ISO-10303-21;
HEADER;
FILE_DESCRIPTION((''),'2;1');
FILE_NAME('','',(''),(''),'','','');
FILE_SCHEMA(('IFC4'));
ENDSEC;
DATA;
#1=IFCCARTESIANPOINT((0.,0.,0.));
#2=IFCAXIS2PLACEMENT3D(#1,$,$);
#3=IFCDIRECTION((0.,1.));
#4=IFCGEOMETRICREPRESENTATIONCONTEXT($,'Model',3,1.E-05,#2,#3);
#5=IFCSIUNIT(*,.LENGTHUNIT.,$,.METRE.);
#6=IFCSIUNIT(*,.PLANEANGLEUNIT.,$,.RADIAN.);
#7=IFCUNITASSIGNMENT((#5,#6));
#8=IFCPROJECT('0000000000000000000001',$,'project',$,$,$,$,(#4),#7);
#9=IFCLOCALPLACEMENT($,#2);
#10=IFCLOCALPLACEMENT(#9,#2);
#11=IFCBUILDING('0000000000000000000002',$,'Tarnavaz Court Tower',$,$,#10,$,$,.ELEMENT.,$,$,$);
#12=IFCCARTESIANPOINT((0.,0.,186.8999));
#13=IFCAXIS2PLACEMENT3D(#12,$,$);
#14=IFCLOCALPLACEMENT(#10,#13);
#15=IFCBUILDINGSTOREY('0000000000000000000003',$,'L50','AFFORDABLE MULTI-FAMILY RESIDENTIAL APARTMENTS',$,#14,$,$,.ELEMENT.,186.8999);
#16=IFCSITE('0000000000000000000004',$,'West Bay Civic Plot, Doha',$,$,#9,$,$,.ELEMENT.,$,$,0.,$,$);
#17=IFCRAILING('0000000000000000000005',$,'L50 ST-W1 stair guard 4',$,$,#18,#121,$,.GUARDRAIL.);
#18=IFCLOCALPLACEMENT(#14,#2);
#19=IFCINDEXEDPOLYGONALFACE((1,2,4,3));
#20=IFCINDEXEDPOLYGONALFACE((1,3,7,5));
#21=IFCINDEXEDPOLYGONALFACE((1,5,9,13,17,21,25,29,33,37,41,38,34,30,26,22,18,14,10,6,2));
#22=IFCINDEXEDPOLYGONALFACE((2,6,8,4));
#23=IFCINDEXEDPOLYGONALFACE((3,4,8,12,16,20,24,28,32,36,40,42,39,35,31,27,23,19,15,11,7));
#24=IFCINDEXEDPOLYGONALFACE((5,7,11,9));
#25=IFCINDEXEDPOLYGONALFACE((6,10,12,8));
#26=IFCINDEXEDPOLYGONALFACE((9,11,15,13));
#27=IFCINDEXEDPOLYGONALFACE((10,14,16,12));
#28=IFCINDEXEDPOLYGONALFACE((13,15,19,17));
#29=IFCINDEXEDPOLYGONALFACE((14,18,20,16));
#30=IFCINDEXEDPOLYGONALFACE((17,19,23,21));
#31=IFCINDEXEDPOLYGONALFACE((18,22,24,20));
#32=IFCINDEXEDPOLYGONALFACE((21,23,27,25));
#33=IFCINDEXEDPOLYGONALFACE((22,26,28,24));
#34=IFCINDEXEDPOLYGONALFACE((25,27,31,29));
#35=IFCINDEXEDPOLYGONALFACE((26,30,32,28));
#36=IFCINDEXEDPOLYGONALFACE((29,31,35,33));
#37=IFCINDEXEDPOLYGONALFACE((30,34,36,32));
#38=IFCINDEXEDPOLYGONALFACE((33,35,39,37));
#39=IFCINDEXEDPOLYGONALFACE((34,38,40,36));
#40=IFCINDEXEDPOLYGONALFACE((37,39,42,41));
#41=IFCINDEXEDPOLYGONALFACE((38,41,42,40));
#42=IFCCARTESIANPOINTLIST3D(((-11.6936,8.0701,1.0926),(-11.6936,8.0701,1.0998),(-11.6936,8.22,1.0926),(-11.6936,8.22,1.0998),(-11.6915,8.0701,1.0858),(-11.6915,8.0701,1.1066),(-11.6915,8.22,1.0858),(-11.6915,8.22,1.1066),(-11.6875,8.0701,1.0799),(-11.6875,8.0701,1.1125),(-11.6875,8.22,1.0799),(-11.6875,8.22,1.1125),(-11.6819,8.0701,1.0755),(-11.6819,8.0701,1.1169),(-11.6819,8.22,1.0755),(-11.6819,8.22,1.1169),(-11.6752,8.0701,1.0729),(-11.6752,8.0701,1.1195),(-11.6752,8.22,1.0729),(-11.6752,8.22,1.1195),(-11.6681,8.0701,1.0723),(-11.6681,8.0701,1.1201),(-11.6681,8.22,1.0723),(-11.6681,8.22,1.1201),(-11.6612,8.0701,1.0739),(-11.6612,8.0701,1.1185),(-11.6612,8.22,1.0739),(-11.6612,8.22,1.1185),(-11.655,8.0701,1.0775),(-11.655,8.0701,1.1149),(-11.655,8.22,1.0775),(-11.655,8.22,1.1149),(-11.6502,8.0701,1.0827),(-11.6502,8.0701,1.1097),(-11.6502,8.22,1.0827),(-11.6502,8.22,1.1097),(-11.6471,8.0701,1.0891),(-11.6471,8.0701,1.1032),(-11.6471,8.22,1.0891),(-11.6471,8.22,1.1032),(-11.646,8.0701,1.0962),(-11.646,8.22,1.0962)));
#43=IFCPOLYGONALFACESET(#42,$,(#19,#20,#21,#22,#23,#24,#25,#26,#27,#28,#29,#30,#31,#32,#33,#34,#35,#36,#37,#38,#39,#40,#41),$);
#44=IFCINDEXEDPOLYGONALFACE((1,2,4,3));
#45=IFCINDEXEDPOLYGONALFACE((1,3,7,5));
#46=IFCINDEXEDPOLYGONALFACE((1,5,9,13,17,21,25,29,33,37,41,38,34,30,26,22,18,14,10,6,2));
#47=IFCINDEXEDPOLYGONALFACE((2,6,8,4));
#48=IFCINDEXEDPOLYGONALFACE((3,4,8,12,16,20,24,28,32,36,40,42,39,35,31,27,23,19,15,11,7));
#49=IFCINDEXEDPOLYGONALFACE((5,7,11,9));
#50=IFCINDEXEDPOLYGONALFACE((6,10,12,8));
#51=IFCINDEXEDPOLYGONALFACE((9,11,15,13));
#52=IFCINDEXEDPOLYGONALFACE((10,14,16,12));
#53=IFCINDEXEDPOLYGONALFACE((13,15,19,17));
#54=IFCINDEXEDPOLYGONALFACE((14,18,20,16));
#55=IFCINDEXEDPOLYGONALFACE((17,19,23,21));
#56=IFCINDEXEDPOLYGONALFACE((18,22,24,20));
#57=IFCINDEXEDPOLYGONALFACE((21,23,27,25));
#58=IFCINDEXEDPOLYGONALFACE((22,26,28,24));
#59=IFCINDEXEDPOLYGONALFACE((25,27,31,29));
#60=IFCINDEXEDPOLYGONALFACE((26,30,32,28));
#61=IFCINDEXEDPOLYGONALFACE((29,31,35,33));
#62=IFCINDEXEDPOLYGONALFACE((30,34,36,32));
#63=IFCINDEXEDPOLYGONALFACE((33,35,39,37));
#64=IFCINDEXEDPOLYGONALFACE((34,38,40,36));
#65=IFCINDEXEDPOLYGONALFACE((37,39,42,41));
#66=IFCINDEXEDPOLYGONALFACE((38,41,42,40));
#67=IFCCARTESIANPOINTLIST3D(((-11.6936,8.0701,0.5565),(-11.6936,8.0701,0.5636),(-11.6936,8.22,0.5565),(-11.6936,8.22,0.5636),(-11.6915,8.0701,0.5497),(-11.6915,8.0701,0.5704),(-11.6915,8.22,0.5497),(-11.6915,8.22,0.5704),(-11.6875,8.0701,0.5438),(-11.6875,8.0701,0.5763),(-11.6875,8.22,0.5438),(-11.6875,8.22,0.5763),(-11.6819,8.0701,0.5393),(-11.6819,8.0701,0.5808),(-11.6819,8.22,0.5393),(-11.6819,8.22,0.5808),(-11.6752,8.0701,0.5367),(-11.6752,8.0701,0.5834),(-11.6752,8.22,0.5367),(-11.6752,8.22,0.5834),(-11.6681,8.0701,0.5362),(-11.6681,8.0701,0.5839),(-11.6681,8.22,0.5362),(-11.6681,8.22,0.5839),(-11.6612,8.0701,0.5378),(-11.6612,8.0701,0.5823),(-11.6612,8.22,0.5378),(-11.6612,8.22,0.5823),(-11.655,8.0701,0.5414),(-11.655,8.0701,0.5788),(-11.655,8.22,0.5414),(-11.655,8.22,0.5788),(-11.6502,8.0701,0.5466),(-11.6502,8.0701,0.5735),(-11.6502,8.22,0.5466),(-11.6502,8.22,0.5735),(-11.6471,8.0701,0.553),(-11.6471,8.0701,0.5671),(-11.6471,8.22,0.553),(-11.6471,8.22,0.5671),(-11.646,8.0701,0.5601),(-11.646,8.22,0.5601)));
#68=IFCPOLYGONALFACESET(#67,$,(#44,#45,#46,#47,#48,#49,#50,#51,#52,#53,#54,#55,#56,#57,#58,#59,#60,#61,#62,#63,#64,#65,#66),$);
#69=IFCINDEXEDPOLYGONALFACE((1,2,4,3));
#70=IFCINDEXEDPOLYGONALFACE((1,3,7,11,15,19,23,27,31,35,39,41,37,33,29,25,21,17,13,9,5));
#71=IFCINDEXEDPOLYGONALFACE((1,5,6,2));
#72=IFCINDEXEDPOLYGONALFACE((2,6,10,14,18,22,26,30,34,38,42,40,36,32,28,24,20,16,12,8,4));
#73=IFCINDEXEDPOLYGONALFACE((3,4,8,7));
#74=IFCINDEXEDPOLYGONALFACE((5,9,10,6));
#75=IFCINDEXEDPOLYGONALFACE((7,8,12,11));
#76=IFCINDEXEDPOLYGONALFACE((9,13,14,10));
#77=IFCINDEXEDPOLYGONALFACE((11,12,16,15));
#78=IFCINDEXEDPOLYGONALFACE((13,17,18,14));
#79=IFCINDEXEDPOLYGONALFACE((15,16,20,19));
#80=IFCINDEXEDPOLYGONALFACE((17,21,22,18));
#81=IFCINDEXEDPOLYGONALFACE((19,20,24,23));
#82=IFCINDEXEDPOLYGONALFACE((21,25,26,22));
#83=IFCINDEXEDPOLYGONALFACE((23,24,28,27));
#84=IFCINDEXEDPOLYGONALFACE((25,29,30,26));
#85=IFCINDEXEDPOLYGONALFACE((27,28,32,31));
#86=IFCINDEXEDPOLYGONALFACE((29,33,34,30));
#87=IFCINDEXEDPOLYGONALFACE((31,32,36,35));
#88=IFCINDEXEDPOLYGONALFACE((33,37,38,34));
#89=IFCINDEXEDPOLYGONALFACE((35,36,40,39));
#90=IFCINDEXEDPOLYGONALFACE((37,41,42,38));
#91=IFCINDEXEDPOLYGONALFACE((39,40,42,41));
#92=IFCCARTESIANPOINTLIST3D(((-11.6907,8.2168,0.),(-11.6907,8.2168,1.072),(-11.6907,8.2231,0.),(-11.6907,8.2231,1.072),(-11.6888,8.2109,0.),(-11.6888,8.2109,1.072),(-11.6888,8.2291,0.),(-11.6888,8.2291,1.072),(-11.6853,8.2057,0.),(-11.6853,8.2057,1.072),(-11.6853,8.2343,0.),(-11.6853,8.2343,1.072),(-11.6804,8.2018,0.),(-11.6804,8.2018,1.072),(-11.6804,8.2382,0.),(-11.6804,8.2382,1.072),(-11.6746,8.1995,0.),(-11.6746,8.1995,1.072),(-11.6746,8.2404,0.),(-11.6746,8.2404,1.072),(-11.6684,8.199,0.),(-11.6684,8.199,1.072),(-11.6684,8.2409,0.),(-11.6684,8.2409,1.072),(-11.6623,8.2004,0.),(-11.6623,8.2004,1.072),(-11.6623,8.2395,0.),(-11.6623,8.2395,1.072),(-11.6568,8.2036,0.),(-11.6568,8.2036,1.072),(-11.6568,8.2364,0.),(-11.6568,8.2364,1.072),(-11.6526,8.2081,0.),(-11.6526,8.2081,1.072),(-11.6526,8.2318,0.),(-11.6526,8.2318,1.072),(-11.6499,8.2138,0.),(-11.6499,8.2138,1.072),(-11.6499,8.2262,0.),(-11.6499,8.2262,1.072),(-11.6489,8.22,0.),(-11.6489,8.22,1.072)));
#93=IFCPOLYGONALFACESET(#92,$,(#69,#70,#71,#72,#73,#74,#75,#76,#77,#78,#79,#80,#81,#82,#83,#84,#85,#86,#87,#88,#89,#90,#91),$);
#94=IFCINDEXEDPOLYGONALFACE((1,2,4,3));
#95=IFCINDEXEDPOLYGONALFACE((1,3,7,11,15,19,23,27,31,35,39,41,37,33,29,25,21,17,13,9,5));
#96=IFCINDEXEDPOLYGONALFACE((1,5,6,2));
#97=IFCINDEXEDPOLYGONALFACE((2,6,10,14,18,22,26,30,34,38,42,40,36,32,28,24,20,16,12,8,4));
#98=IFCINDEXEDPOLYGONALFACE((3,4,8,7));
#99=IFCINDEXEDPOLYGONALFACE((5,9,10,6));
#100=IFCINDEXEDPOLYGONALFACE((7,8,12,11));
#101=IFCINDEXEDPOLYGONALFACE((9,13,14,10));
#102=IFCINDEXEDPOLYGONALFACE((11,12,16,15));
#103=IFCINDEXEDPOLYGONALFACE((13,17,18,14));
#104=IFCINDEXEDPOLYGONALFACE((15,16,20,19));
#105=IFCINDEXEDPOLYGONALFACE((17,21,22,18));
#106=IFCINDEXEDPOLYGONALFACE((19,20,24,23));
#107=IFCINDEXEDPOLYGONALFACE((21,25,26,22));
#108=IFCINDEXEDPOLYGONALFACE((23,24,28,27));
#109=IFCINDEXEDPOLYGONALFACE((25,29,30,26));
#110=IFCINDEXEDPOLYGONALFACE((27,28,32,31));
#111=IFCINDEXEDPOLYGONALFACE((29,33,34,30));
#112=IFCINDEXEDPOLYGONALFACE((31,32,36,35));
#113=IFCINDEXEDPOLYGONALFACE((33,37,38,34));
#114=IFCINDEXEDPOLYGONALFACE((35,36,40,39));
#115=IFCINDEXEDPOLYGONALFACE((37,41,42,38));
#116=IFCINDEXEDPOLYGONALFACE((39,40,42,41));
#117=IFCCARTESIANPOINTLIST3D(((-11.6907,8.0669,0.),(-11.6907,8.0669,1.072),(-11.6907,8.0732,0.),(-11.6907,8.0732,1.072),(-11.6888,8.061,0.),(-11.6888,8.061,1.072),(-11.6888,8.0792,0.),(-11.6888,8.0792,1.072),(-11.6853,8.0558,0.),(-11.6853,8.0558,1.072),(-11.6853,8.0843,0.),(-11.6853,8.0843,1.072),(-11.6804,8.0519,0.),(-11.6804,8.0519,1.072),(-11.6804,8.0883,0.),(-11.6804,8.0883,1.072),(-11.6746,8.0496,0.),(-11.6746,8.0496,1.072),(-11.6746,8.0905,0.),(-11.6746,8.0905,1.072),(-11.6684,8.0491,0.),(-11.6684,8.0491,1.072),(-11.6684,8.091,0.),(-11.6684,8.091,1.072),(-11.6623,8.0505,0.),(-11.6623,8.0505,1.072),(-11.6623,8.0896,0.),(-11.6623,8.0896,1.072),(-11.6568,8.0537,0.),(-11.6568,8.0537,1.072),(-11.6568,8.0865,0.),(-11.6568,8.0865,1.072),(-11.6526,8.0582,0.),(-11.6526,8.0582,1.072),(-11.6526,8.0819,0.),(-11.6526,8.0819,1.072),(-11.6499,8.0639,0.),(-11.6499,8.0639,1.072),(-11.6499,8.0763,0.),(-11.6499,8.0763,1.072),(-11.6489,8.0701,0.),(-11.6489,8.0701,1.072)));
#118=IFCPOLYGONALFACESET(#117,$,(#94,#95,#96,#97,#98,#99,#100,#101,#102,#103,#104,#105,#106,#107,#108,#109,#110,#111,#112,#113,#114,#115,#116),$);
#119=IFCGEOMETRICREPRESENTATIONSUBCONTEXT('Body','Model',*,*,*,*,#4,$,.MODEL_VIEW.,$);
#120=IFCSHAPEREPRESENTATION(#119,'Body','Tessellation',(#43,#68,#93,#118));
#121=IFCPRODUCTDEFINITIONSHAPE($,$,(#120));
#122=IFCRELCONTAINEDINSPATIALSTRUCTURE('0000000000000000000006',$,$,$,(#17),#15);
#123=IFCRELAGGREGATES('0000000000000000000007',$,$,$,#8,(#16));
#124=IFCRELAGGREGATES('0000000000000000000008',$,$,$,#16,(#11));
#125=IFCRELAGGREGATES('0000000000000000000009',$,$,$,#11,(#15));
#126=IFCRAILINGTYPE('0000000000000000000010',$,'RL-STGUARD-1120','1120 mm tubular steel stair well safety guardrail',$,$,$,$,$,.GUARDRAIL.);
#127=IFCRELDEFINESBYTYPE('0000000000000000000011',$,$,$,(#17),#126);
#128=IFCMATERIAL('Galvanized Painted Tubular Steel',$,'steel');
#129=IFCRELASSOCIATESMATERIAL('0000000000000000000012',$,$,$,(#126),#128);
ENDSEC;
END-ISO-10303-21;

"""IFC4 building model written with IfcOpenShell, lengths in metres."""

from ifc_helpers import new_model, si_unit, direction, frame, origin, origin_2d, place, context, subcontext, project, spatial, circle, extrude, material, type_object, element, save


model = new_model("IFC4")

# Units and contexts
model_context = context("Model", 3, precision=1e-05, world=origin(), true_north=direction((0.0, 1.0)))
body_context = subcontext(model_context, "Body", "Model", "MODEL_VIEW")
ifc_project = project(units=[si_unit("LENGTHUNIT", "METRE"), si_unit("PLANEANGLEUNIT", "RADIAN")], contexts=[model_context])

# Site, building, storey
site_placement = place(None, origin())
site = spatial("IfcSite", under=ifc_project, at=site_placement, Name="West Bay Civic Plot, Doha", CompositionType="ELEMENT", RefElevation=0.0)
building_placement = place(site_placement, origin())
building = spatial("IfcBuilding", under=site, at=building_placement, Name="Tarnavaz Court Tower", CompositionType="ELEMENT")
storey_placement = place(building_placement, frame((0.0, 0.0, 186.8999)))
storey = spatial("IfcBuildingStorey", under=building, at=storey_placement, Name="L50", Description="AFFORDABLE MULTI-FAMILY RESIDENTIAL APARTMENTS", CompositionType="ELEMENT", Elevation=186.8999)

# Railing
ifc_material_1 = material(Name="Galvanized Painted Tubular Steel", Category="steel")
railing_type_1 = type_object("IfcRailingType", Name="RL-STGUARD-1120", Description="1120 mm tubular steel stair well safety guardrail", PredefinedType="GUARDRAIL", material=ifc_material_1)
railing_1_placement = place(storey_placement, frame((-11.6699, 8.22, 0.0)))
element("IfcRailing", 1, at=railing_1_placement, inside=storey, type_object=railing_type_1, Name="L50 ST-W1 stair guard 4", PredefinedType="GUARDRAIL", context=body_context, shape_type="SweptSolid", body=[
    extrude(circle(Radius=0.0239, at=origin_2d()), frame((0.0, 0.0, 1.0962), z_axis=(0.0, -1.0, 0.0), x_axis=(1.0, 0.0, 0.0)), (0.0, 0.0, 1.0), 0.1499),
    extrude(circle(Radius=0.0239, at=origin_2d()), frame((0.0, 0.0, 0.5601), z_axis=(0.0, -1.0, 0.0), x_axis=(1.0, 0.0, 0.0)), (0.0, 0.0, 1.0), 0.1499),
    extrude(circle(Radius=0.021, at=origin_2d()), origin(), (0.0, 0.0, 1.0), 1.072),
    extrude(circle(Radius=0.021, at=origin_2d()), frame((0.0, -0.1499, 0.0)), (0.0, 0.0, 1.0), 1.072),
])

save(model, "model.ifc")
